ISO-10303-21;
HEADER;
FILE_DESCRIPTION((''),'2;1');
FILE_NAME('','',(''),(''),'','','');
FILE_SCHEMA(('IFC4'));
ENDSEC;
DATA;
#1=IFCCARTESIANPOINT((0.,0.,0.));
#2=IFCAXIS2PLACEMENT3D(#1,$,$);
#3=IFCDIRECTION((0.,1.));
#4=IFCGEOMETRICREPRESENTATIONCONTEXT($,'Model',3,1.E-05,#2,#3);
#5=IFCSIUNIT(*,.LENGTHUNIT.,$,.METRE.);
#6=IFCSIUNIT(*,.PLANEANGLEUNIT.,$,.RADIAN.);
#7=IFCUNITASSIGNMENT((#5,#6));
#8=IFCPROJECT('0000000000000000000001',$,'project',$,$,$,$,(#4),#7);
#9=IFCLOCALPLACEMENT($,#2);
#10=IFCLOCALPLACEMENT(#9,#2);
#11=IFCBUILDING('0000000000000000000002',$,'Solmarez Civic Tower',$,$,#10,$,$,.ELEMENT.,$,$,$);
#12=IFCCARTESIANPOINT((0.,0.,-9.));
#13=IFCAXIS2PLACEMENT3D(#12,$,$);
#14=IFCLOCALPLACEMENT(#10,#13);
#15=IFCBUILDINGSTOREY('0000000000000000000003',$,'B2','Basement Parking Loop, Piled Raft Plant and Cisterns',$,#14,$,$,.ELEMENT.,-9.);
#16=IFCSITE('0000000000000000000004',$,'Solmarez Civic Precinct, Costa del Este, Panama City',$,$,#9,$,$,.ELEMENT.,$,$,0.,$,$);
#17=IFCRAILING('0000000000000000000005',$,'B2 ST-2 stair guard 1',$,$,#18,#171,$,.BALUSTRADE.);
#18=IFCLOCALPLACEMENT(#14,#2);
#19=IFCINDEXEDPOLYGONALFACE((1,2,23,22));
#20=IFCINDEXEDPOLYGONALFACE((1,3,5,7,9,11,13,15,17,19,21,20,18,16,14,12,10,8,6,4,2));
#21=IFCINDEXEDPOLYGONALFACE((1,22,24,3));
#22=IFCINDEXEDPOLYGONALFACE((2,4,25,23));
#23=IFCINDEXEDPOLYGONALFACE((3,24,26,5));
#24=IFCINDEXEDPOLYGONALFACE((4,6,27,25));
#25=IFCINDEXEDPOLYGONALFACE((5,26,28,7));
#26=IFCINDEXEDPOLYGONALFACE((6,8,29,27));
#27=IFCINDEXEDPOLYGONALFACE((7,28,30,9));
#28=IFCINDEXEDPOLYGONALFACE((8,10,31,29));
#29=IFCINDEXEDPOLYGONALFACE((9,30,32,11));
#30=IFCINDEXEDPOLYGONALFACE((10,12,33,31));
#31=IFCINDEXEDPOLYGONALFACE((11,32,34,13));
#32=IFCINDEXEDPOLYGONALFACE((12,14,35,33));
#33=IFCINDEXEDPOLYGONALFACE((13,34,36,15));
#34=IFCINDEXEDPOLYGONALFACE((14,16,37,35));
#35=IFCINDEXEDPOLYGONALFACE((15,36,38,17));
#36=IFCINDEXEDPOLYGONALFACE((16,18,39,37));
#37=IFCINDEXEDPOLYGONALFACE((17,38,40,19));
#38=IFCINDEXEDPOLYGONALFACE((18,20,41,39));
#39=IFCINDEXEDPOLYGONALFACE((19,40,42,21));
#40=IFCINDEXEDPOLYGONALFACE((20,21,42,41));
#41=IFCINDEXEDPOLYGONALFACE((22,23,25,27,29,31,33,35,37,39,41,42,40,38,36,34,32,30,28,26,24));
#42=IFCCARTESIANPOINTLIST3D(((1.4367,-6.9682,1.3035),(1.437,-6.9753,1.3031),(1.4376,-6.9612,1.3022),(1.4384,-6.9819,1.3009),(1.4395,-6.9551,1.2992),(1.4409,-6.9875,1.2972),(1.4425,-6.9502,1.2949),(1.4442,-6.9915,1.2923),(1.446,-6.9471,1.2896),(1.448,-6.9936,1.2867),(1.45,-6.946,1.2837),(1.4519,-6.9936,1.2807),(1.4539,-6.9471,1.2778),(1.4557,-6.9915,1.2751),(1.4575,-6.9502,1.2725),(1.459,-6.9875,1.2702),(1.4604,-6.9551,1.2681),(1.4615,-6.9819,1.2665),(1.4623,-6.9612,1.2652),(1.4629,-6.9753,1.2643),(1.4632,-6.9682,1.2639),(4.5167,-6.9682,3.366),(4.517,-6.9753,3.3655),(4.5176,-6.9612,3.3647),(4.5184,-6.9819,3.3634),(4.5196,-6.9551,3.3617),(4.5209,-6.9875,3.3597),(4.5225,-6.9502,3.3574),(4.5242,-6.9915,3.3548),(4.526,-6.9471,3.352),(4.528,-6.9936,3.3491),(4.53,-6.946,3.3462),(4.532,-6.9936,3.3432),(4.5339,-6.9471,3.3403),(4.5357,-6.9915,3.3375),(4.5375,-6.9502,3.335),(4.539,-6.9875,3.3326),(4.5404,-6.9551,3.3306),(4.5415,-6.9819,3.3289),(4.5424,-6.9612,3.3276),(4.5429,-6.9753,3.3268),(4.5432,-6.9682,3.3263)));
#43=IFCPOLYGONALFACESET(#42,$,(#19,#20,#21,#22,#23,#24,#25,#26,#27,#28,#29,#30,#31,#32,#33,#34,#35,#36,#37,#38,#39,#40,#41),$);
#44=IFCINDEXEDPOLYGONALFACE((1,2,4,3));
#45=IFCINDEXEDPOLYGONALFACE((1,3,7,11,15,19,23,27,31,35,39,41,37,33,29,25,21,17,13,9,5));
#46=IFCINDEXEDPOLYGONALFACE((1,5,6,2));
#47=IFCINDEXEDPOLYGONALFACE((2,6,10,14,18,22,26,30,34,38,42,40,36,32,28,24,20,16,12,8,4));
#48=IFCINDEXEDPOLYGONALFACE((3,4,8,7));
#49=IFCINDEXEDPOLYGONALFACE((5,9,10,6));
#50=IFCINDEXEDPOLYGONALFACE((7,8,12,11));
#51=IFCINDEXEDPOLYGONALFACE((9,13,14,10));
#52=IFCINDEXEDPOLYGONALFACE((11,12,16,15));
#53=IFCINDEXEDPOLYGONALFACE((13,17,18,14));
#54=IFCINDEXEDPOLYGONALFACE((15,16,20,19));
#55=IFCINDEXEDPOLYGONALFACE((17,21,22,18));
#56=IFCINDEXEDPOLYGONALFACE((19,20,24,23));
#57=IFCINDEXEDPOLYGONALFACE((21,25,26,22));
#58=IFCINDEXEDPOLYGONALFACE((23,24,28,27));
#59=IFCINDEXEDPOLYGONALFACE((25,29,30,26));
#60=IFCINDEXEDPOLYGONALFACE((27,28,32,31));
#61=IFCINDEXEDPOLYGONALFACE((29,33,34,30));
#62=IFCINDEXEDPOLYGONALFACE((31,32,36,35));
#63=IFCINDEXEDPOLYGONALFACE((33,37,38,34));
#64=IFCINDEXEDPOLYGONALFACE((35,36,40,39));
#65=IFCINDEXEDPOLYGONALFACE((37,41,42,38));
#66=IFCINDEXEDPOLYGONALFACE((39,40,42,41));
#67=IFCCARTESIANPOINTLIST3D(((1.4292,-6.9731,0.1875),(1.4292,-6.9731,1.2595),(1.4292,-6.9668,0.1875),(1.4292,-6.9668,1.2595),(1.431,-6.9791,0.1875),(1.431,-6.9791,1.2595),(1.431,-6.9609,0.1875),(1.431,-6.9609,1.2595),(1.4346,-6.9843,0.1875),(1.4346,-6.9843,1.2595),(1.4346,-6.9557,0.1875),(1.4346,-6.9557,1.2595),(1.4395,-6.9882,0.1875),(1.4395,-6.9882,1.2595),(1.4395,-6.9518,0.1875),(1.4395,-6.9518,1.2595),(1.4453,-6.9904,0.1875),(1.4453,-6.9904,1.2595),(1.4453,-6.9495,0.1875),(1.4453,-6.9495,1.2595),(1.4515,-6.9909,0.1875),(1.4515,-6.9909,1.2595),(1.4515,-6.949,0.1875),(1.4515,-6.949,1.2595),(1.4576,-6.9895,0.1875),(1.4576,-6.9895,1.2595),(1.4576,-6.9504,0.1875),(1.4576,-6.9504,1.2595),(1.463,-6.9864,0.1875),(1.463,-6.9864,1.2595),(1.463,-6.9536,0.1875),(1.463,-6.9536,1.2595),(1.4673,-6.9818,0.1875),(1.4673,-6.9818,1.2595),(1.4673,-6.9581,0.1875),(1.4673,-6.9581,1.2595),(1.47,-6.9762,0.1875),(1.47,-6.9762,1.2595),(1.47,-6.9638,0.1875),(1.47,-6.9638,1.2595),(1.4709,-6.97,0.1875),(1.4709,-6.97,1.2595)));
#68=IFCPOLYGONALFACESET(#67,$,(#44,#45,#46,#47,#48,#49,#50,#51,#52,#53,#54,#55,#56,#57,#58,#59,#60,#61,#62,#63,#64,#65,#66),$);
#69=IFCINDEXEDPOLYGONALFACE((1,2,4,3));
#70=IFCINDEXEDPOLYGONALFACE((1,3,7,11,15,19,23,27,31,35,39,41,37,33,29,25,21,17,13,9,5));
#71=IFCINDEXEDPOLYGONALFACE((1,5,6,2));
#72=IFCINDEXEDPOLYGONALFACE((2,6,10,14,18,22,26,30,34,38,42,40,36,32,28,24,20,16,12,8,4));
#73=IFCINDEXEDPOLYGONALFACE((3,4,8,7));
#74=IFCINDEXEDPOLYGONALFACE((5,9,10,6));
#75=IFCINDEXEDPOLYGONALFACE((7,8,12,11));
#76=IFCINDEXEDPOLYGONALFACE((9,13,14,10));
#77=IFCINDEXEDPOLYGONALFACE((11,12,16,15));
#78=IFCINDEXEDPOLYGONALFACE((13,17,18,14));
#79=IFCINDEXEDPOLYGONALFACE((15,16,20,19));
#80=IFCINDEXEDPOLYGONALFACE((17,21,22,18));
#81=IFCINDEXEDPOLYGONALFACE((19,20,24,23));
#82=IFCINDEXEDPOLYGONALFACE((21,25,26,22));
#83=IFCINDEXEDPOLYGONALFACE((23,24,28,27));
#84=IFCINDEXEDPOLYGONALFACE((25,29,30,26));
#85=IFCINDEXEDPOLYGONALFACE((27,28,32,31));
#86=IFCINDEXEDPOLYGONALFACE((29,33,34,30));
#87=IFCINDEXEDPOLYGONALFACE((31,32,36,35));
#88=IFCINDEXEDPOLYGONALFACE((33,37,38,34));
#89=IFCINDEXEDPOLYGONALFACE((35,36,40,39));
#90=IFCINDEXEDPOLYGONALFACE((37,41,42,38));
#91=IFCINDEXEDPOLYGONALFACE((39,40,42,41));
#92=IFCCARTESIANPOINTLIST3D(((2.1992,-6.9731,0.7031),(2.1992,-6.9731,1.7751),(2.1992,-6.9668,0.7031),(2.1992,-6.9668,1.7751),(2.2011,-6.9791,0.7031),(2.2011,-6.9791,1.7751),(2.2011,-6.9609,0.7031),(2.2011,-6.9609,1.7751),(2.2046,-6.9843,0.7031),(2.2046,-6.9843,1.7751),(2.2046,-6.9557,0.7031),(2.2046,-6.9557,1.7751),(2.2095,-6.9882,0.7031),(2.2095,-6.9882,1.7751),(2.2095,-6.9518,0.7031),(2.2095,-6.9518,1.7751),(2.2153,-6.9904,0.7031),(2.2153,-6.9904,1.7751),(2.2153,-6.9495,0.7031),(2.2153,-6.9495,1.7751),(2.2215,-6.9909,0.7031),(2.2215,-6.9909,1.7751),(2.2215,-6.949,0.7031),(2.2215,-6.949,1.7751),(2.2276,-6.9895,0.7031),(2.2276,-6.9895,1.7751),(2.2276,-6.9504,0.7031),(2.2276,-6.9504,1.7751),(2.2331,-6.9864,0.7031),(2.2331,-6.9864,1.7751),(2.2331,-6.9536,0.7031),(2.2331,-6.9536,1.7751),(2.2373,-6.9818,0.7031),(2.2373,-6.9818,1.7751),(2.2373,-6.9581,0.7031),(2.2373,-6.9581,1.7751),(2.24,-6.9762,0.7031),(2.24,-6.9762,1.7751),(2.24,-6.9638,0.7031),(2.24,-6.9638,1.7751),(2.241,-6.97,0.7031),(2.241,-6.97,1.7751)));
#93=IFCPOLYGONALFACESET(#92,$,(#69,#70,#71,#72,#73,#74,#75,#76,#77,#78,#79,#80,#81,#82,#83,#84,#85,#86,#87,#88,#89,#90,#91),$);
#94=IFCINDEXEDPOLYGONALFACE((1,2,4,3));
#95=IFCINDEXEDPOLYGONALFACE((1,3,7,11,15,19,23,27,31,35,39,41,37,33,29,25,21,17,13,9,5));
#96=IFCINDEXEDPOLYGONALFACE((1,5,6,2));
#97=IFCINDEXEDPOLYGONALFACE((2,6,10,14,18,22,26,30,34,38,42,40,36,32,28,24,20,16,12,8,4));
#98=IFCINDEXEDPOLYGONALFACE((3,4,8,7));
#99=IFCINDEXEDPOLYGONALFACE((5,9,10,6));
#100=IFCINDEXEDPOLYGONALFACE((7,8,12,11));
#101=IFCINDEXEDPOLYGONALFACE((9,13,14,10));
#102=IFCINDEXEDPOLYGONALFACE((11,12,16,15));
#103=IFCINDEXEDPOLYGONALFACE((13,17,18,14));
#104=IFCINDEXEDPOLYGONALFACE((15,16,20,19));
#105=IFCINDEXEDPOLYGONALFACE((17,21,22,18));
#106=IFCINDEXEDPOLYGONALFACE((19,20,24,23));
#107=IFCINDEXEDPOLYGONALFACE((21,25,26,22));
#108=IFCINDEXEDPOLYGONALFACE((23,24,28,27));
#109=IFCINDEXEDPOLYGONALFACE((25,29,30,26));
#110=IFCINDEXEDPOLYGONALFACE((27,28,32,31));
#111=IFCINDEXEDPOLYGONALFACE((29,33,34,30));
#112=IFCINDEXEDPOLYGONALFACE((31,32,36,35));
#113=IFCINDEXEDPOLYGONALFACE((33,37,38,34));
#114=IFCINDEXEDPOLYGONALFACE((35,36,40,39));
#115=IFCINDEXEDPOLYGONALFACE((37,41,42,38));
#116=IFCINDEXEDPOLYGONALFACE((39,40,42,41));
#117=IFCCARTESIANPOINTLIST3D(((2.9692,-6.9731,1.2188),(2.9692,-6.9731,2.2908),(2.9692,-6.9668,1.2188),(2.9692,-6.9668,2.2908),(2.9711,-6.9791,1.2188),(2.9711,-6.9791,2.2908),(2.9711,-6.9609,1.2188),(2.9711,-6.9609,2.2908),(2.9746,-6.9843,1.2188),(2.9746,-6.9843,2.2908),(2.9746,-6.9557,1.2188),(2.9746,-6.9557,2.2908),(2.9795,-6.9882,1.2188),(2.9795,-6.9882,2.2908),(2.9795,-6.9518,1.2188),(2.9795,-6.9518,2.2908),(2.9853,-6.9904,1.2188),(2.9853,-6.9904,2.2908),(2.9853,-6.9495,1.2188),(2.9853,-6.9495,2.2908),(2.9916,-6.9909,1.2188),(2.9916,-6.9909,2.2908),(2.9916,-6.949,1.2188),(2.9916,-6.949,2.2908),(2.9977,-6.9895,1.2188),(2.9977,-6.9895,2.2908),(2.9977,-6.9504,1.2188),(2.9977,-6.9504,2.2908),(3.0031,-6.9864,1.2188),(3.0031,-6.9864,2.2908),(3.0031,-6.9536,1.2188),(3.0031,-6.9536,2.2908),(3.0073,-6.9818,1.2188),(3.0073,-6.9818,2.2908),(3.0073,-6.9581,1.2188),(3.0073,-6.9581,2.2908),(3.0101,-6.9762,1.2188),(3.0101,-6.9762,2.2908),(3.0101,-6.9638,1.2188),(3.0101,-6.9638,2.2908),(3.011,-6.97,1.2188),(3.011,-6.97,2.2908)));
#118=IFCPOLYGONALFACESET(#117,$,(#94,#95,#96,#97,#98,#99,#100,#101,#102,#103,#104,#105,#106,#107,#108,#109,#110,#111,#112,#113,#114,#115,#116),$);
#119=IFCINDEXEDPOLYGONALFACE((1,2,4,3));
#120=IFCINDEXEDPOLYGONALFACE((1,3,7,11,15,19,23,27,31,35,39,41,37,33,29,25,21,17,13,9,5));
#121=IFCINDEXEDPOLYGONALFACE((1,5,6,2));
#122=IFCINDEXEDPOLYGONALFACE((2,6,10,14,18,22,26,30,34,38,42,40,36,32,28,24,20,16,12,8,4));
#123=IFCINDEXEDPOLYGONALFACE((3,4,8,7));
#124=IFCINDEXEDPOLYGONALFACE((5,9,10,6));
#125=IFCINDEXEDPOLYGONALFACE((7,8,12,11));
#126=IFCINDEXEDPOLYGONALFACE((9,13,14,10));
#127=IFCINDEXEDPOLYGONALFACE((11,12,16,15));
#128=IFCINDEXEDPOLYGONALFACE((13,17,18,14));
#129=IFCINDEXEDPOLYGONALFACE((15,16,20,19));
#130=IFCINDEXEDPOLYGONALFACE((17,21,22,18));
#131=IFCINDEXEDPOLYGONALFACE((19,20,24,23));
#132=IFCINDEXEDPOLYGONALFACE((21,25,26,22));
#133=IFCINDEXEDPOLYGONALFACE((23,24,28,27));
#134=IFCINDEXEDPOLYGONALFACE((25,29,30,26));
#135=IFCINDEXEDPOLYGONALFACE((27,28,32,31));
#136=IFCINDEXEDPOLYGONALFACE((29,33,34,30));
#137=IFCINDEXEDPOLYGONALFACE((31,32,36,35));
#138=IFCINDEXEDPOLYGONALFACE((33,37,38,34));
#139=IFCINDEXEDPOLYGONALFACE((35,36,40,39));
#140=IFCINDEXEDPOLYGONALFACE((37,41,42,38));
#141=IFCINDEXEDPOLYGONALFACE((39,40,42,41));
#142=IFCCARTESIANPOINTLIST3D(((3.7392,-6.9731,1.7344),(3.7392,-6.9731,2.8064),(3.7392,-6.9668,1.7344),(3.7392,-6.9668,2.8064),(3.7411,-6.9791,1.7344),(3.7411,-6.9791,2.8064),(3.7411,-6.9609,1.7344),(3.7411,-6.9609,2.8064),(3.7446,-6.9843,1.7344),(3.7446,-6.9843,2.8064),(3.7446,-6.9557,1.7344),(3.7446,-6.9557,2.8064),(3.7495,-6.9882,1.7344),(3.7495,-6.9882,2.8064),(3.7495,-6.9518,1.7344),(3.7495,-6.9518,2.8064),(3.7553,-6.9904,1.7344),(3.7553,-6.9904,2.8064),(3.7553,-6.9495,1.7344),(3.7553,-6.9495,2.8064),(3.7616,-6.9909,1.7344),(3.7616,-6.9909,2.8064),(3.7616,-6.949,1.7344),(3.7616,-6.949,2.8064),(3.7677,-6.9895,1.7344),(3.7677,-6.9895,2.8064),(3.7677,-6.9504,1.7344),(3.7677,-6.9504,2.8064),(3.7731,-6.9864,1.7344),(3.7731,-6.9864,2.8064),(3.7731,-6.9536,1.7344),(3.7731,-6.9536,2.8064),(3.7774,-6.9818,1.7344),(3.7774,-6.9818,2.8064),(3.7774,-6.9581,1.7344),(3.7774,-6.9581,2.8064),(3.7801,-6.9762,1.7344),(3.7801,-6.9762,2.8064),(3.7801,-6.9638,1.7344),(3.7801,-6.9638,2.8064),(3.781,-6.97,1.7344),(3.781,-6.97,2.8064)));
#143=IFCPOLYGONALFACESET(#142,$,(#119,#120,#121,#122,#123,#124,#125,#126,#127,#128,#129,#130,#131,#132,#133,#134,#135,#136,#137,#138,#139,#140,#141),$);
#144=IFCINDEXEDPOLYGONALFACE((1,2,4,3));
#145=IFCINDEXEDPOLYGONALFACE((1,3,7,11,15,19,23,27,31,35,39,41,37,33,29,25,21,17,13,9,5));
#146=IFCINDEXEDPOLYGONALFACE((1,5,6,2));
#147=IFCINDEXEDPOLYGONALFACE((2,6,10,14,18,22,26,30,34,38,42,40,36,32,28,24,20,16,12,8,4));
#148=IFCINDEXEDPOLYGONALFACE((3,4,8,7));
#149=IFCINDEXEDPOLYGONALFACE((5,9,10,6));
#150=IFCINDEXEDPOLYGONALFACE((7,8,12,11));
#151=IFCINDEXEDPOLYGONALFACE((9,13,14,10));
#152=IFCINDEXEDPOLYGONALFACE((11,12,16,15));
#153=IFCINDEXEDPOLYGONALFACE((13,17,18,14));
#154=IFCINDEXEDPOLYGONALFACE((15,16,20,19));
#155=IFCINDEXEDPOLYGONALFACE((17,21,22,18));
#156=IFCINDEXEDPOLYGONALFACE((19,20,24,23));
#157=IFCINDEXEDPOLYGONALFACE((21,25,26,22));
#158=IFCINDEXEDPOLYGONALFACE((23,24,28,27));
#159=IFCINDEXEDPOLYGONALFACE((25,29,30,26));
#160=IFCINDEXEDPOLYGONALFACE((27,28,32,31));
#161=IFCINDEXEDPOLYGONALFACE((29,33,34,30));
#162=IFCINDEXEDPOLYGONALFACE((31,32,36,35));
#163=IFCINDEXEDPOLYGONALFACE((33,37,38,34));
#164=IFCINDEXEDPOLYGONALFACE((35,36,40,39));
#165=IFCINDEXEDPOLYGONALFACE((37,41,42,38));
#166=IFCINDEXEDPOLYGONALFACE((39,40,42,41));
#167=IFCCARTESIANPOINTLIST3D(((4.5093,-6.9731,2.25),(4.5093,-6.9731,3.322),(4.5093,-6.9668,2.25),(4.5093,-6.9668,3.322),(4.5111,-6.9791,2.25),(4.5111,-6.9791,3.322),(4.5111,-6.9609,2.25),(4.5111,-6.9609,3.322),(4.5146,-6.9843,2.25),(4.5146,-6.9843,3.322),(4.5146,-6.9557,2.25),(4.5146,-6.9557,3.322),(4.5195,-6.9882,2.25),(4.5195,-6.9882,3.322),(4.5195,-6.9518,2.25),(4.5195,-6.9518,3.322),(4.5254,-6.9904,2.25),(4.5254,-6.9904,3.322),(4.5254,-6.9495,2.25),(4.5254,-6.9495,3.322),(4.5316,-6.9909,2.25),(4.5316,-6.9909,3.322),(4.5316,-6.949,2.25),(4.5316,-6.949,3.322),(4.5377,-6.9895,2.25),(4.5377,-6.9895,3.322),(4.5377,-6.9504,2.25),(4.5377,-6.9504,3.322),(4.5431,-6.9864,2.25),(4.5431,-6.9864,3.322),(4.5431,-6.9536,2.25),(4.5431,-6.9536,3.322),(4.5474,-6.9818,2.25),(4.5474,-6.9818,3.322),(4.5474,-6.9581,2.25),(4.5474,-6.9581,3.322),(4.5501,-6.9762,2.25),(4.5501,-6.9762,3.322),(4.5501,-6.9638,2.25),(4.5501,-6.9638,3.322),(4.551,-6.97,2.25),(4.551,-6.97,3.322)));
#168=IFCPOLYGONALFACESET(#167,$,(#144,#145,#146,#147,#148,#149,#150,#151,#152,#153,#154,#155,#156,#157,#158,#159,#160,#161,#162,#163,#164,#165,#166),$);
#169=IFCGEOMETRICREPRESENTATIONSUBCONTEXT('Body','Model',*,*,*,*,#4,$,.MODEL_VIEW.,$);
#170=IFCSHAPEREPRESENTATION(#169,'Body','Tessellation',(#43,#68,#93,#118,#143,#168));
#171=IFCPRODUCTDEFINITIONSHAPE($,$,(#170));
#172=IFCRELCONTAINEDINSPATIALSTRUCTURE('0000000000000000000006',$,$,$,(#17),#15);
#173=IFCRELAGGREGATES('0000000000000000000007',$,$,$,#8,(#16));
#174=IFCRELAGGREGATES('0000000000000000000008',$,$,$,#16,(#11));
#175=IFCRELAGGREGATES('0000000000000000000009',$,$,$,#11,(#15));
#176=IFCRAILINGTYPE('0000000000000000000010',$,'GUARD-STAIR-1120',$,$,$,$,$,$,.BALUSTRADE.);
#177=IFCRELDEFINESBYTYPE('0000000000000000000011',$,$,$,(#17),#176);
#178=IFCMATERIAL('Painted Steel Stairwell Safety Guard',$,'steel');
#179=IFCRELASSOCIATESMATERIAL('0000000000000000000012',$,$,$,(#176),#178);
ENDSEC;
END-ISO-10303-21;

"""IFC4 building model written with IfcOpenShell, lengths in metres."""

from ifc_helpers import new_model, si_unit, direction, frame, origin, origin_2d, place, context, subcontext, project, spatial, circle, extrude, material, type_object, element, save


model = new_model("IFC4")

# Units and contexts
model_context = context("Model", 3, precision=1e-05, world=origin(), true_north=direction((0.0, 1.0)))
body_context = subcontext(model_context, "Body", "Model", "MODEL_VIEW")
ifc_project = project(units=[si_unit("LENGTHUNIT", "METRE"), si_unit("PLANEANGLEUNIT", "RADIAN")], contexts=[model_context])

# Site, building, storey
site_placement = place(None, origin())
site = spatial("IfcSite", under=ifc_project, at=site_placement, Name="Solmarez Civic Precinct, Costa del Este, Panama City", CompositionType="ELEMENT", RefElevation=0.0)
building_placement = place(site_placement, origin())
building = spatial("IfcBuilding", under=site, at=building_placement, Name="Solmarez Civic Tower", CompositionType="ELEMENT")
storey_placement = place(building_placement, frame((0.0, 0.0, -9.0)))
storey = spatial("IfcBuildingStorey", under=building, at=storey_placement, Name="B2", Description="Basement Parking Loop, Piled Raft Plant and Cisterns", CompositionType="ELEMENT", Elevation=-9.0)

# Railing
ifc_material_1 = material(Name="Painted Steel Stairwell Safety Guard", Category="steel")
railing_type_1 = type_object("IfcRailingType", Name="GUARD-STAIR-1120", PredefinedType="BALUSTRADE", material=ifc_material_1)
railing_1_placement = place(storey_placement, frame((1.45, -6.97, 0.1875)))
element("IfcRailing", 1, at=railing_1_placement, inside=storey, type_object=railing_type_1, Name="B2 ST-2 stair guard 1", PredefinedType="BALUSTRADE", context=body_context, shape_type="SweptSolid", body=[
    extrude(circle(Radius=0.0239, at=origin_2d()), frame((0.0, 0.0, 1.0962), z_axis=(0.830914, 0.0, 0.556401), x_axis=(0.0, 1.0, 0.0)), (0.0, 0.0, 1.0), 3.7068),
    extrude(circle(Radius=0.021, at=origin_2d()), origin(), (0.0, 0.0, 1.0), 1.072),
    extrude(circle(Radius=0.021, at=origin_2d()), frame((0.77, 0.0, 0.5156)), (0.0, 0.0, 1.0), 1.072),
    extrude(circle(Radius=0.021, at=origin_2d()), frame((1.54, 0.0, 1.0312)), (0.0, 0.0, 1.0), 1.072),
    extrude(circle(Radius=0.021, at=origin_2d()), frame((2.3101, 0.0, 1.5469)), (0.0, 0.0, 1.0), 1.072),
    extrude(circle(Radius=0.021, at=origin_2d()), frame((3.0801, 0.0, 2.0625)), (0.0, 0.0, 1.0), 1.072),
])

save(model, "model.ifc")
